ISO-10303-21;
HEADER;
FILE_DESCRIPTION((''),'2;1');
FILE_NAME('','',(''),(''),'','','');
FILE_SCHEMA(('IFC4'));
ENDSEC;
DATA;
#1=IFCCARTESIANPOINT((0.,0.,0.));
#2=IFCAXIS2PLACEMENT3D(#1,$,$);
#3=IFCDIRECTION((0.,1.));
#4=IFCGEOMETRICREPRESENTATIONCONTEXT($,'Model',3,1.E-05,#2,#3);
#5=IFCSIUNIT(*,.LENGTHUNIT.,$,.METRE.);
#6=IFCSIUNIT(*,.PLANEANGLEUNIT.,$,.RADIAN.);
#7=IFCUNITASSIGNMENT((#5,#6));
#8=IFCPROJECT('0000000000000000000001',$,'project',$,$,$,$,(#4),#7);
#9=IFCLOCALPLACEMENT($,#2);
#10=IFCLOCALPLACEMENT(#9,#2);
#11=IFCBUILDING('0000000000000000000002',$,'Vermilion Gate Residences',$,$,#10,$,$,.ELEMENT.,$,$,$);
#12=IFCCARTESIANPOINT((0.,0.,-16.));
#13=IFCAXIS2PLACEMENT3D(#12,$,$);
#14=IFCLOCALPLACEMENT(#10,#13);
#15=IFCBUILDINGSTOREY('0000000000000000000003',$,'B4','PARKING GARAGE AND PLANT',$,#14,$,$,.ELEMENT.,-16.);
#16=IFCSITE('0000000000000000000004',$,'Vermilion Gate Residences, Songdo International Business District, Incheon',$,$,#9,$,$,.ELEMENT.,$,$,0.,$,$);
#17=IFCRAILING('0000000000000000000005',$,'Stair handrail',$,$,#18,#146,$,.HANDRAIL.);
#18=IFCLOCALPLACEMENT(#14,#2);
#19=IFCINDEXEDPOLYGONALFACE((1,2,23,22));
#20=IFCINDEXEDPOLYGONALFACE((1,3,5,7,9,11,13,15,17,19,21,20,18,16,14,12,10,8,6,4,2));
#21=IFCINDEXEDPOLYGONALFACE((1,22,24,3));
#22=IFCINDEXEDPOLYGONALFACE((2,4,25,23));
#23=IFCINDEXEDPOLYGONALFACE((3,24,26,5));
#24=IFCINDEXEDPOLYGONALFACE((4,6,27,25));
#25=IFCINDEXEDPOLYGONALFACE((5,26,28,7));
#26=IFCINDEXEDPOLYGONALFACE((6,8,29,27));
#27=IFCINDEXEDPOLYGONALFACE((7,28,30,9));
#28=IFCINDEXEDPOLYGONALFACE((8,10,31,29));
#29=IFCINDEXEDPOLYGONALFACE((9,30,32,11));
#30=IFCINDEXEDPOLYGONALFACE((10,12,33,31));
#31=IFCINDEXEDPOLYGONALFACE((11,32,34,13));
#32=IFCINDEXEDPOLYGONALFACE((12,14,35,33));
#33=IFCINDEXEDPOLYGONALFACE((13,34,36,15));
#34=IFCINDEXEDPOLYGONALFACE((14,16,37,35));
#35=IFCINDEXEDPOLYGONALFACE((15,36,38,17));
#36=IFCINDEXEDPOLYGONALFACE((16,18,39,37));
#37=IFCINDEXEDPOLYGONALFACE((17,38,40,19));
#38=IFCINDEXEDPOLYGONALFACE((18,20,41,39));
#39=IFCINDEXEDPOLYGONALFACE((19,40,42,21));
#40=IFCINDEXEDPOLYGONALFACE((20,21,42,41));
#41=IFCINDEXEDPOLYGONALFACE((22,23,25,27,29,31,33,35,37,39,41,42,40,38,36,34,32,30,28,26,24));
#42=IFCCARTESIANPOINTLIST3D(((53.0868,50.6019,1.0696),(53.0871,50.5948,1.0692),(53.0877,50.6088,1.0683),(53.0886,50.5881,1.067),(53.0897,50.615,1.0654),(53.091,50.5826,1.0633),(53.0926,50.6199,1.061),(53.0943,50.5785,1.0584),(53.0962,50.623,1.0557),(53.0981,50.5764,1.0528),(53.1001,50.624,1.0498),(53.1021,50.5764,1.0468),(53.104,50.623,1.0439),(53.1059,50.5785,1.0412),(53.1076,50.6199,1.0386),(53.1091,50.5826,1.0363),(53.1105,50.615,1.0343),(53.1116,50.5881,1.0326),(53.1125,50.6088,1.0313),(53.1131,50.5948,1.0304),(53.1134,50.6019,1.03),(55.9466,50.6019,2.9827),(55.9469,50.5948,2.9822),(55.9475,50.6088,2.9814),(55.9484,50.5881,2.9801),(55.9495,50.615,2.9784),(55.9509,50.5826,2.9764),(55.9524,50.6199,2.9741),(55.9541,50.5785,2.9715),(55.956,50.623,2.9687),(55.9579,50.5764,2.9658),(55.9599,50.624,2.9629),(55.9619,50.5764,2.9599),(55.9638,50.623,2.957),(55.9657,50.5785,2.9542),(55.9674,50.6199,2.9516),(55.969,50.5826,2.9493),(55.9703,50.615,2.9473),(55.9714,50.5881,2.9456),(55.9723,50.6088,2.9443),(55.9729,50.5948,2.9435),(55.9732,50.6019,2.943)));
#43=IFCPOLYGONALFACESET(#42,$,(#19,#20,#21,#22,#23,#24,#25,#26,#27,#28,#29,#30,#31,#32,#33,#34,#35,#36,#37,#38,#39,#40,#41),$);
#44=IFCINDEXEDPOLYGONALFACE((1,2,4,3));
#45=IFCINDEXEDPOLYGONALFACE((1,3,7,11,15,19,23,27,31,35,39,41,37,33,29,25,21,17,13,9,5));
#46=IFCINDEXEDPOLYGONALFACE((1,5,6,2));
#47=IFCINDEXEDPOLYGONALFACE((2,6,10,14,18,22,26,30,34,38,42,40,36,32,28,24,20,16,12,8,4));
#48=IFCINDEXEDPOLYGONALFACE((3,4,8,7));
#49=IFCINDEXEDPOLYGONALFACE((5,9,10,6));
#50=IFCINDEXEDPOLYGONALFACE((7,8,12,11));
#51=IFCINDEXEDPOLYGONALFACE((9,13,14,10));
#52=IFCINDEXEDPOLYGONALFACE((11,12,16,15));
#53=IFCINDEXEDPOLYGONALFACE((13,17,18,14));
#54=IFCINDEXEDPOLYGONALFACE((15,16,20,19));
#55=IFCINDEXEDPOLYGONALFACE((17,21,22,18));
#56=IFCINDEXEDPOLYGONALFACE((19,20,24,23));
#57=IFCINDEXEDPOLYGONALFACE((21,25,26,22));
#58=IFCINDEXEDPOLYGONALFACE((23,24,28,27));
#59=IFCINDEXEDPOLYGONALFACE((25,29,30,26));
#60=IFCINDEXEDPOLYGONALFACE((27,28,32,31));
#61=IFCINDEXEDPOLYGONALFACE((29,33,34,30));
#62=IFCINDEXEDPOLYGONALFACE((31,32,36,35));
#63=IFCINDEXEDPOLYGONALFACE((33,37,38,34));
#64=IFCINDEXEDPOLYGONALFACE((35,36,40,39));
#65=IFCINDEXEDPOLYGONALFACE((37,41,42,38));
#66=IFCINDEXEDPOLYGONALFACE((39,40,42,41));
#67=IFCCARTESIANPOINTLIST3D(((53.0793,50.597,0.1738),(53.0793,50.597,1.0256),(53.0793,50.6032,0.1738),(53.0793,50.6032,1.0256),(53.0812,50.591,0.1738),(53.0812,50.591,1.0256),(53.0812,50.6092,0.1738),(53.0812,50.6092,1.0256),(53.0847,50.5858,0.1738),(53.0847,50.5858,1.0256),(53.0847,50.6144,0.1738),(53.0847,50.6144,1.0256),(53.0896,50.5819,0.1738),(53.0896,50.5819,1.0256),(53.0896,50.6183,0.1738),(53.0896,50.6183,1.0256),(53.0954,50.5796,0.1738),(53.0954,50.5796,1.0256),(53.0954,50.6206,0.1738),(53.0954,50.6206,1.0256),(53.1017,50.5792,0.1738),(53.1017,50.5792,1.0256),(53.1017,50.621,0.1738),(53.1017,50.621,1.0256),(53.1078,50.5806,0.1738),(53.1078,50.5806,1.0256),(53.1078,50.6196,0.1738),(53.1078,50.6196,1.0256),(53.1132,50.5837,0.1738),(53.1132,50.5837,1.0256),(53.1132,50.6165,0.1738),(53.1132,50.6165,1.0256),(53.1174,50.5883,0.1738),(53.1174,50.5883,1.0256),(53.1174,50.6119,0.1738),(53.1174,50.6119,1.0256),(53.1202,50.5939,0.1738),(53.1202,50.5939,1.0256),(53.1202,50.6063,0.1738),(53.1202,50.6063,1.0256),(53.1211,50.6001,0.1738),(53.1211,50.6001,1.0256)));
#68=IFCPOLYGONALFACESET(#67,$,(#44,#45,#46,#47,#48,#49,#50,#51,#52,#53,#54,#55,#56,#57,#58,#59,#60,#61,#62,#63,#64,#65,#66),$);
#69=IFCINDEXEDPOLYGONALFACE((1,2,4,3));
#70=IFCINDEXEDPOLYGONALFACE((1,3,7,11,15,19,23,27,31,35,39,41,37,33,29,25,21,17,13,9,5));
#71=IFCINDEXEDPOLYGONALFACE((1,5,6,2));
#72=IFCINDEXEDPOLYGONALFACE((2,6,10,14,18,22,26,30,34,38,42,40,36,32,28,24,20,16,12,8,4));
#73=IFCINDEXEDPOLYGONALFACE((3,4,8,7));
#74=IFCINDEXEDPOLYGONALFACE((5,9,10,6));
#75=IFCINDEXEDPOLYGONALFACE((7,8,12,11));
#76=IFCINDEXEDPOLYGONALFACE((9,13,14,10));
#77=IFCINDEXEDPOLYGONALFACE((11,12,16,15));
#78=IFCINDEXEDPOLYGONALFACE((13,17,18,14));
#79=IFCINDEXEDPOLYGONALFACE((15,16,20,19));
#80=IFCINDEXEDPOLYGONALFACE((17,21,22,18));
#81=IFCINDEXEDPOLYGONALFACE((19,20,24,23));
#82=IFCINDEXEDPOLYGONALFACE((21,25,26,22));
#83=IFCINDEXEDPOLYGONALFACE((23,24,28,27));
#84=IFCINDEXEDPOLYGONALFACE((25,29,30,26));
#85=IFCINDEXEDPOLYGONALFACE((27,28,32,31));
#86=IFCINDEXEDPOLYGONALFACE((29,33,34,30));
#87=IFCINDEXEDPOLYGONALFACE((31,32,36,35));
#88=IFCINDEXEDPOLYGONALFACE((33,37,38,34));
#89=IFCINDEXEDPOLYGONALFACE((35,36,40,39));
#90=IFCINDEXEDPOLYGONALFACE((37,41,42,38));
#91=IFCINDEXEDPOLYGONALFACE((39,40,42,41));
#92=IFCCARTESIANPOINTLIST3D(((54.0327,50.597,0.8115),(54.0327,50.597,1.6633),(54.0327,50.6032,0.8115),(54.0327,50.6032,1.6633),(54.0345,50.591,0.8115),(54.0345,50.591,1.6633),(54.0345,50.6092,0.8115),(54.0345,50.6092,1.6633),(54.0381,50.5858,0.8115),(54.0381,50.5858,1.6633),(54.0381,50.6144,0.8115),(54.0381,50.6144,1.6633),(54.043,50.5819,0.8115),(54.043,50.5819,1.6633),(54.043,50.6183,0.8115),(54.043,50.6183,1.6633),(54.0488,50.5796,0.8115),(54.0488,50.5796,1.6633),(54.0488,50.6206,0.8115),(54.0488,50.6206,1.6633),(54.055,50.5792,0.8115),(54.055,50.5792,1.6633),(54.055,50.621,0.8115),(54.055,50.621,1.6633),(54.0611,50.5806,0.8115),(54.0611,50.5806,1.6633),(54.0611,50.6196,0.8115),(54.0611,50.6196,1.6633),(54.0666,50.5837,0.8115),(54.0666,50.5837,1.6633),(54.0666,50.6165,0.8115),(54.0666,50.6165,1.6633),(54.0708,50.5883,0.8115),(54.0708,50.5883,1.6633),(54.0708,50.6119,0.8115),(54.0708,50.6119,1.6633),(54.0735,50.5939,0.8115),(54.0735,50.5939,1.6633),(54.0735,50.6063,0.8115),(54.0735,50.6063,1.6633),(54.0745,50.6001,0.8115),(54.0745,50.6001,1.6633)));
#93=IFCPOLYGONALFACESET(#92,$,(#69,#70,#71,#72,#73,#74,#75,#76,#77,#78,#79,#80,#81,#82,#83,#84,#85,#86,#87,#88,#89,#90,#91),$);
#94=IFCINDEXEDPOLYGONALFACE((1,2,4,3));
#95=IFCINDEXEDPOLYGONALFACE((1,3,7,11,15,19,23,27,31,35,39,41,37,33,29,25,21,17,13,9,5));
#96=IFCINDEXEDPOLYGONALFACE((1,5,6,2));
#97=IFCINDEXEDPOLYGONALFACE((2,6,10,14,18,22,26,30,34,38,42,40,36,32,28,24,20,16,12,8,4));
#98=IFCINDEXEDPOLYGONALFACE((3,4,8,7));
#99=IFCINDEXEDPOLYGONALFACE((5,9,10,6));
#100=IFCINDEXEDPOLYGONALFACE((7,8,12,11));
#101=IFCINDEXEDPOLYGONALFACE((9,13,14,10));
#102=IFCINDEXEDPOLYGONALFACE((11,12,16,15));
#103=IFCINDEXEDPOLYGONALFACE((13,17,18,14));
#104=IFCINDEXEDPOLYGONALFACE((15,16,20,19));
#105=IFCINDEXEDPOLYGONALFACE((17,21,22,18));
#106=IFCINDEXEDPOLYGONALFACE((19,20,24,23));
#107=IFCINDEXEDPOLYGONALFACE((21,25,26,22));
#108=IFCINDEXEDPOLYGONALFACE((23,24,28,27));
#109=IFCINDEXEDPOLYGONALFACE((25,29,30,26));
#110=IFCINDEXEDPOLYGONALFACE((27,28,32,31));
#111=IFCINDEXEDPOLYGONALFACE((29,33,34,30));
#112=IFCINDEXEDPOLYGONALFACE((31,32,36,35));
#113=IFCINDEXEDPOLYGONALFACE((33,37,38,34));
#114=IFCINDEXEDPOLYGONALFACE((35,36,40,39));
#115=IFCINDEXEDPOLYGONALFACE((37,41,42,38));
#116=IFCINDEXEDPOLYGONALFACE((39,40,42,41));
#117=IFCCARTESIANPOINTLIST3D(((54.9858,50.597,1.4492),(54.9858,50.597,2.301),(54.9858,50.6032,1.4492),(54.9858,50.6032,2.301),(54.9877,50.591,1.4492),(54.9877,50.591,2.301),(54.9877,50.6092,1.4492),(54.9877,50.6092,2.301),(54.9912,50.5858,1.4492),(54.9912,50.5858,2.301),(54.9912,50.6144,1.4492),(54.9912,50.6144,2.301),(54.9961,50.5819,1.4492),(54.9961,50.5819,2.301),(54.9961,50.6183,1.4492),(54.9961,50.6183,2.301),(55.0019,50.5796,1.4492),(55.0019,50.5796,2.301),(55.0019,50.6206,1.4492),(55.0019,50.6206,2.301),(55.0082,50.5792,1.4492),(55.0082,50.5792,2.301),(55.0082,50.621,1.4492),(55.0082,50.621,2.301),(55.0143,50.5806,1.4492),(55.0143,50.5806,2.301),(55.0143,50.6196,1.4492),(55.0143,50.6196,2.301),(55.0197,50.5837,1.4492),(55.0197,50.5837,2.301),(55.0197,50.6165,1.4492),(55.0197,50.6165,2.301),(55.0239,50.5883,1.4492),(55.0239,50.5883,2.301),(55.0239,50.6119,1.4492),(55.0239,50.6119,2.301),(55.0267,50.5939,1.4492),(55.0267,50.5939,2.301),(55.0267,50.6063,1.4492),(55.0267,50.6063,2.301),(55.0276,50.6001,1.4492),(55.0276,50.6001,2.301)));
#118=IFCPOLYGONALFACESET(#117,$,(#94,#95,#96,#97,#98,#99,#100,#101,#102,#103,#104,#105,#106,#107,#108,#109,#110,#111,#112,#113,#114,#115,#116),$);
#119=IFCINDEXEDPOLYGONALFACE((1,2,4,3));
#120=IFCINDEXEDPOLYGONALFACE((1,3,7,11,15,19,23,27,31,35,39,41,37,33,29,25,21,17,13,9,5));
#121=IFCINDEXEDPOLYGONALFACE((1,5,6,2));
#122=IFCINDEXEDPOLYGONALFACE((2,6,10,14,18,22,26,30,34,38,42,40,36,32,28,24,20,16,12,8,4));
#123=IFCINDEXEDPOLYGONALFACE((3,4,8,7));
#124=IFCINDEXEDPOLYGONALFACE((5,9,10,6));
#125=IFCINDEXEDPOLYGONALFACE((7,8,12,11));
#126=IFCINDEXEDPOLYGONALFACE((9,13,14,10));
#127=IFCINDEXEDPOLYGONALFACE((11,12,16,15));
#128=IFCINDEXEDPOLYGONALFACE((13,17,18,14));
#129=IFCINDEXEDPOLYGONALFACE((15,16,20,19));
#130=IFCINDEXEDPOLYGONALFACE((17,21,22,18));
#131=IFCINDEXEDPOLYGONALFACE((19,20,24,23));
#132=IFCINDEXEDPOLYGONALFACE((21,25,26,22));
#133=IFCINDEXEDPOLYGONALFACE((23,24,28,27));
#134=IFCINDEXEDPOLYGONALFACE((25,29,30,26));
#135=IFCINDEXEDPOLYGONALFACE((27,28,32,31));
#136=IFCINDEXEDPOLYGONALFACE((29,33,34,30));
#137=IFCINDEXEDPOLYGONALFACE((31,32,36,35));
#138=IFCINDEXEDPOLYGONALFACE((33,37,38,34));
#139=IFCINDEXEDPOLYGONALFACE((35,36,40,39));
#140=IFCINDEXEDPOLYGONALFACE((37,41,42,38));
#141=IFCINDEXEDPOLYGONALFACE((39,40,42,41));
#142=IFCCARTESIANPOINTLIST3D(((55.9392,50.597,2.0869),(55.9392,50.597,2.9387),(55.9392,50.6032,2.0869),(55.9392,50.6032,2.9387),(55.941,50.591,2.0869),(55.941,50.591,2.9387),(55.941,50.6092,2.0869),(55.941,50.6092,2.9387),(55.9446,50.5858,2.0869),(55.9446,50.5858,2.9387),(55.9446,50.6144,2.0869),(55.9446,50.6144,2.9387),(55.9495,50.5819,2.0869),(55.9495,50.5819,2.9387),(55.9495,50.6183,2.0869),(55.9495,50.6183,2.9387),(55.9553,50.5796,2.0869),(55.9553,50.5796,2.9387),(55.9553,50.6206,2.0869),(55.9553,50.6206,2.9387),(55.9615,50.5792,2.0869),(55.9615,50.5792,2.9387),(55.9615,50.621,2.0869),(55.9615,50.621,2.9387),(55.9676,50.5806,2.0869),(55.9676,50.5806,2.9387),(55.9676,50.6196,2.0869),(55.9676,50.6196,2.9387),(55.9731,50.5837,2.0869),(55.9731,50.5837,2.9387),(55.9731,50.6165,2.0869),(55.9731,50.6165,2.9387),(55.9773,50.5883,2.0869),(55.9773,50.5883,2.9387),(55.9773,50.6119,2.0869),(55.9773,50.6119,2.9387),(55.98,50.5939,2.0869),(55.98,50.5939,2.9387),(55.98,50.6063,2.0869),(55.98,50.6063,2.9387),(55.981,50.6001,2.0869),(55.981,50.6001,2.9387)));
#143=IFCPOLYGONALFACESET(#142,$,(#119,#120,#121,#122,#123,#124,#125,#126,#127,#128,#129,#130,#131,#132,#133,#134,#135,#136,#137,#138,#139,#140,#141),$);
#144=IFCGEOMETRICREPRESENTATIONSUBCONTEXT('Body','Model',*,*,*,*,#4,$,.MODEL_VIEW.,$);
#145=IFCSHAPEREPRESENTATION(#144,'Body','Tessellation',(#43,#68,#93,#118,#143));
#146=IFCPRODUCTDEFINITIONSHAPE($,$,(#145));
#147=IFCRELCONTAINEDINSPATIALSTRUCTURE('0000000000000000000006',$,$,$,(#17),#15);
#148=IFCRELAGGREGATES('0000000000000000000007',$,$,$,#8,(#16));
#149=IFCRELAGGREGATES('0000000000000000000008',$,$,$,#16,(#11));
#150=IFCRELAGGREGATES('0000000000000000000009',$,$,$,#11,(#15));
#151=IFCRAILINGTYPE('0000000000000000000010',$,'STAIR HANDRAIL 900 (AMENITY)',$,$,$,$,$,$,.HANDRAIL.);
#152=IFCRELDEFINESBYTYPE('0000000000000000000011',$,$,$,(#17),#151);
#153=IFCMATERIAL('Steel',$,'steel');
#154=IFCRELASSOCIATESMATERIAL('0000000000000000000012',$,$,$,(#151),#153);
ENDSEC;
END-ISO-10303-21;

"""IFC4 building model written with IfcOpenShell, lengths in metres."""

from ifc_helpers import new_model, si_unit, direction, frame, origin, origin_2d, place, context, subcontext, project, spatial, circle, extrude, material, type_object, element, save


model = new_model("IFC4")

# Units and contexts
model_context = context("Model", 3, precision=1e-05, world=origin(), true_north=direction((0.0, 1.0)))
body_context = subcontext(model_context, "Body", "Model", "MODEL_VIEW")
ifc_project = project(units=[si_unit("LENGTHUNIT", "METRE"), si_unit("PLANEANGLEUNIT", "RADIAN")], contexts=[model_context])

# Site, building, storey
site_placement = place(None, origin())
site = spatial("IfcSite", under=ifc_project, at=site_placement, Name="Vermilion Gate Residences, Songdo International Business District, Incheon", CompositionType="ELEMENT", RefElevation=0.0)
building_placement = place(site_placement, origin())
building = spatial("IfcBuilding", under=site, at=building_placement, Name="Vermilion Gate Residences", CompositionType="ELEMENT")
storey_placement = place(building_placement, frame((0.0, 0.0, -16.0)))
storey = spatial("IfcBuildingStorey", under=building, at=storey_placement, Name="B4", Description="PARKING GARAGE AND PLANT", CompositionType="ELEMENT", Elevation=-16.0)

# Railing
ifc_material_1 = material(Name="Steel", Category="steel")
railing_type_1 = type_object("IfcRailingType", Name="STAIR HANDRAIL 900 (AMENITY)", PredefinedType="HANDRAIL", material=ifc_material_1)
railing_1_placement = place(storey_placement, frame((53.1001, 50.6001, 0.1738)))
element("IfcRailing", 1, at=railing_1_placement, inside=storey, type_object=railing_type_1, Name="Stair handrail", PredefinedType="HANDRAIL", context=body_context, shape_type="SweptSolid", body=[
    extrude(circle(Radius=0.0239, at=origin_2d()), frame((0.0, 0.0, 0.876), z_axis=(0.831176, 0.0, 0.556009), x_axis=(0.0, 1.0, 0.0)), (0.0, 0.0, 1.0), 3.4407),
    extrude(circle(Radius=0.021, at=origin_2d()), origin(), (0.0, 0.0, 1.0), 0.8518),
    extrude(circle(Radius=0.021, at=origin_2d()), frame((0.9534, 0.0, 0.6377)), (0.0, 0.0, 1.0), 0.8518),
    extrude(circle(Radius=0.021, at=origin_2d()), frame((1.9065, 0.0, 1.2754)), (0.0, 0.0, 1.0), 0.8518),
    extrude(circle(Radius=0.021, at=origin_2d()), frame((2.8599, 0.0, 1.9131)), (0.0, 0.0, 1.0), 0.8518),
])

save(model, "model.ifc")
